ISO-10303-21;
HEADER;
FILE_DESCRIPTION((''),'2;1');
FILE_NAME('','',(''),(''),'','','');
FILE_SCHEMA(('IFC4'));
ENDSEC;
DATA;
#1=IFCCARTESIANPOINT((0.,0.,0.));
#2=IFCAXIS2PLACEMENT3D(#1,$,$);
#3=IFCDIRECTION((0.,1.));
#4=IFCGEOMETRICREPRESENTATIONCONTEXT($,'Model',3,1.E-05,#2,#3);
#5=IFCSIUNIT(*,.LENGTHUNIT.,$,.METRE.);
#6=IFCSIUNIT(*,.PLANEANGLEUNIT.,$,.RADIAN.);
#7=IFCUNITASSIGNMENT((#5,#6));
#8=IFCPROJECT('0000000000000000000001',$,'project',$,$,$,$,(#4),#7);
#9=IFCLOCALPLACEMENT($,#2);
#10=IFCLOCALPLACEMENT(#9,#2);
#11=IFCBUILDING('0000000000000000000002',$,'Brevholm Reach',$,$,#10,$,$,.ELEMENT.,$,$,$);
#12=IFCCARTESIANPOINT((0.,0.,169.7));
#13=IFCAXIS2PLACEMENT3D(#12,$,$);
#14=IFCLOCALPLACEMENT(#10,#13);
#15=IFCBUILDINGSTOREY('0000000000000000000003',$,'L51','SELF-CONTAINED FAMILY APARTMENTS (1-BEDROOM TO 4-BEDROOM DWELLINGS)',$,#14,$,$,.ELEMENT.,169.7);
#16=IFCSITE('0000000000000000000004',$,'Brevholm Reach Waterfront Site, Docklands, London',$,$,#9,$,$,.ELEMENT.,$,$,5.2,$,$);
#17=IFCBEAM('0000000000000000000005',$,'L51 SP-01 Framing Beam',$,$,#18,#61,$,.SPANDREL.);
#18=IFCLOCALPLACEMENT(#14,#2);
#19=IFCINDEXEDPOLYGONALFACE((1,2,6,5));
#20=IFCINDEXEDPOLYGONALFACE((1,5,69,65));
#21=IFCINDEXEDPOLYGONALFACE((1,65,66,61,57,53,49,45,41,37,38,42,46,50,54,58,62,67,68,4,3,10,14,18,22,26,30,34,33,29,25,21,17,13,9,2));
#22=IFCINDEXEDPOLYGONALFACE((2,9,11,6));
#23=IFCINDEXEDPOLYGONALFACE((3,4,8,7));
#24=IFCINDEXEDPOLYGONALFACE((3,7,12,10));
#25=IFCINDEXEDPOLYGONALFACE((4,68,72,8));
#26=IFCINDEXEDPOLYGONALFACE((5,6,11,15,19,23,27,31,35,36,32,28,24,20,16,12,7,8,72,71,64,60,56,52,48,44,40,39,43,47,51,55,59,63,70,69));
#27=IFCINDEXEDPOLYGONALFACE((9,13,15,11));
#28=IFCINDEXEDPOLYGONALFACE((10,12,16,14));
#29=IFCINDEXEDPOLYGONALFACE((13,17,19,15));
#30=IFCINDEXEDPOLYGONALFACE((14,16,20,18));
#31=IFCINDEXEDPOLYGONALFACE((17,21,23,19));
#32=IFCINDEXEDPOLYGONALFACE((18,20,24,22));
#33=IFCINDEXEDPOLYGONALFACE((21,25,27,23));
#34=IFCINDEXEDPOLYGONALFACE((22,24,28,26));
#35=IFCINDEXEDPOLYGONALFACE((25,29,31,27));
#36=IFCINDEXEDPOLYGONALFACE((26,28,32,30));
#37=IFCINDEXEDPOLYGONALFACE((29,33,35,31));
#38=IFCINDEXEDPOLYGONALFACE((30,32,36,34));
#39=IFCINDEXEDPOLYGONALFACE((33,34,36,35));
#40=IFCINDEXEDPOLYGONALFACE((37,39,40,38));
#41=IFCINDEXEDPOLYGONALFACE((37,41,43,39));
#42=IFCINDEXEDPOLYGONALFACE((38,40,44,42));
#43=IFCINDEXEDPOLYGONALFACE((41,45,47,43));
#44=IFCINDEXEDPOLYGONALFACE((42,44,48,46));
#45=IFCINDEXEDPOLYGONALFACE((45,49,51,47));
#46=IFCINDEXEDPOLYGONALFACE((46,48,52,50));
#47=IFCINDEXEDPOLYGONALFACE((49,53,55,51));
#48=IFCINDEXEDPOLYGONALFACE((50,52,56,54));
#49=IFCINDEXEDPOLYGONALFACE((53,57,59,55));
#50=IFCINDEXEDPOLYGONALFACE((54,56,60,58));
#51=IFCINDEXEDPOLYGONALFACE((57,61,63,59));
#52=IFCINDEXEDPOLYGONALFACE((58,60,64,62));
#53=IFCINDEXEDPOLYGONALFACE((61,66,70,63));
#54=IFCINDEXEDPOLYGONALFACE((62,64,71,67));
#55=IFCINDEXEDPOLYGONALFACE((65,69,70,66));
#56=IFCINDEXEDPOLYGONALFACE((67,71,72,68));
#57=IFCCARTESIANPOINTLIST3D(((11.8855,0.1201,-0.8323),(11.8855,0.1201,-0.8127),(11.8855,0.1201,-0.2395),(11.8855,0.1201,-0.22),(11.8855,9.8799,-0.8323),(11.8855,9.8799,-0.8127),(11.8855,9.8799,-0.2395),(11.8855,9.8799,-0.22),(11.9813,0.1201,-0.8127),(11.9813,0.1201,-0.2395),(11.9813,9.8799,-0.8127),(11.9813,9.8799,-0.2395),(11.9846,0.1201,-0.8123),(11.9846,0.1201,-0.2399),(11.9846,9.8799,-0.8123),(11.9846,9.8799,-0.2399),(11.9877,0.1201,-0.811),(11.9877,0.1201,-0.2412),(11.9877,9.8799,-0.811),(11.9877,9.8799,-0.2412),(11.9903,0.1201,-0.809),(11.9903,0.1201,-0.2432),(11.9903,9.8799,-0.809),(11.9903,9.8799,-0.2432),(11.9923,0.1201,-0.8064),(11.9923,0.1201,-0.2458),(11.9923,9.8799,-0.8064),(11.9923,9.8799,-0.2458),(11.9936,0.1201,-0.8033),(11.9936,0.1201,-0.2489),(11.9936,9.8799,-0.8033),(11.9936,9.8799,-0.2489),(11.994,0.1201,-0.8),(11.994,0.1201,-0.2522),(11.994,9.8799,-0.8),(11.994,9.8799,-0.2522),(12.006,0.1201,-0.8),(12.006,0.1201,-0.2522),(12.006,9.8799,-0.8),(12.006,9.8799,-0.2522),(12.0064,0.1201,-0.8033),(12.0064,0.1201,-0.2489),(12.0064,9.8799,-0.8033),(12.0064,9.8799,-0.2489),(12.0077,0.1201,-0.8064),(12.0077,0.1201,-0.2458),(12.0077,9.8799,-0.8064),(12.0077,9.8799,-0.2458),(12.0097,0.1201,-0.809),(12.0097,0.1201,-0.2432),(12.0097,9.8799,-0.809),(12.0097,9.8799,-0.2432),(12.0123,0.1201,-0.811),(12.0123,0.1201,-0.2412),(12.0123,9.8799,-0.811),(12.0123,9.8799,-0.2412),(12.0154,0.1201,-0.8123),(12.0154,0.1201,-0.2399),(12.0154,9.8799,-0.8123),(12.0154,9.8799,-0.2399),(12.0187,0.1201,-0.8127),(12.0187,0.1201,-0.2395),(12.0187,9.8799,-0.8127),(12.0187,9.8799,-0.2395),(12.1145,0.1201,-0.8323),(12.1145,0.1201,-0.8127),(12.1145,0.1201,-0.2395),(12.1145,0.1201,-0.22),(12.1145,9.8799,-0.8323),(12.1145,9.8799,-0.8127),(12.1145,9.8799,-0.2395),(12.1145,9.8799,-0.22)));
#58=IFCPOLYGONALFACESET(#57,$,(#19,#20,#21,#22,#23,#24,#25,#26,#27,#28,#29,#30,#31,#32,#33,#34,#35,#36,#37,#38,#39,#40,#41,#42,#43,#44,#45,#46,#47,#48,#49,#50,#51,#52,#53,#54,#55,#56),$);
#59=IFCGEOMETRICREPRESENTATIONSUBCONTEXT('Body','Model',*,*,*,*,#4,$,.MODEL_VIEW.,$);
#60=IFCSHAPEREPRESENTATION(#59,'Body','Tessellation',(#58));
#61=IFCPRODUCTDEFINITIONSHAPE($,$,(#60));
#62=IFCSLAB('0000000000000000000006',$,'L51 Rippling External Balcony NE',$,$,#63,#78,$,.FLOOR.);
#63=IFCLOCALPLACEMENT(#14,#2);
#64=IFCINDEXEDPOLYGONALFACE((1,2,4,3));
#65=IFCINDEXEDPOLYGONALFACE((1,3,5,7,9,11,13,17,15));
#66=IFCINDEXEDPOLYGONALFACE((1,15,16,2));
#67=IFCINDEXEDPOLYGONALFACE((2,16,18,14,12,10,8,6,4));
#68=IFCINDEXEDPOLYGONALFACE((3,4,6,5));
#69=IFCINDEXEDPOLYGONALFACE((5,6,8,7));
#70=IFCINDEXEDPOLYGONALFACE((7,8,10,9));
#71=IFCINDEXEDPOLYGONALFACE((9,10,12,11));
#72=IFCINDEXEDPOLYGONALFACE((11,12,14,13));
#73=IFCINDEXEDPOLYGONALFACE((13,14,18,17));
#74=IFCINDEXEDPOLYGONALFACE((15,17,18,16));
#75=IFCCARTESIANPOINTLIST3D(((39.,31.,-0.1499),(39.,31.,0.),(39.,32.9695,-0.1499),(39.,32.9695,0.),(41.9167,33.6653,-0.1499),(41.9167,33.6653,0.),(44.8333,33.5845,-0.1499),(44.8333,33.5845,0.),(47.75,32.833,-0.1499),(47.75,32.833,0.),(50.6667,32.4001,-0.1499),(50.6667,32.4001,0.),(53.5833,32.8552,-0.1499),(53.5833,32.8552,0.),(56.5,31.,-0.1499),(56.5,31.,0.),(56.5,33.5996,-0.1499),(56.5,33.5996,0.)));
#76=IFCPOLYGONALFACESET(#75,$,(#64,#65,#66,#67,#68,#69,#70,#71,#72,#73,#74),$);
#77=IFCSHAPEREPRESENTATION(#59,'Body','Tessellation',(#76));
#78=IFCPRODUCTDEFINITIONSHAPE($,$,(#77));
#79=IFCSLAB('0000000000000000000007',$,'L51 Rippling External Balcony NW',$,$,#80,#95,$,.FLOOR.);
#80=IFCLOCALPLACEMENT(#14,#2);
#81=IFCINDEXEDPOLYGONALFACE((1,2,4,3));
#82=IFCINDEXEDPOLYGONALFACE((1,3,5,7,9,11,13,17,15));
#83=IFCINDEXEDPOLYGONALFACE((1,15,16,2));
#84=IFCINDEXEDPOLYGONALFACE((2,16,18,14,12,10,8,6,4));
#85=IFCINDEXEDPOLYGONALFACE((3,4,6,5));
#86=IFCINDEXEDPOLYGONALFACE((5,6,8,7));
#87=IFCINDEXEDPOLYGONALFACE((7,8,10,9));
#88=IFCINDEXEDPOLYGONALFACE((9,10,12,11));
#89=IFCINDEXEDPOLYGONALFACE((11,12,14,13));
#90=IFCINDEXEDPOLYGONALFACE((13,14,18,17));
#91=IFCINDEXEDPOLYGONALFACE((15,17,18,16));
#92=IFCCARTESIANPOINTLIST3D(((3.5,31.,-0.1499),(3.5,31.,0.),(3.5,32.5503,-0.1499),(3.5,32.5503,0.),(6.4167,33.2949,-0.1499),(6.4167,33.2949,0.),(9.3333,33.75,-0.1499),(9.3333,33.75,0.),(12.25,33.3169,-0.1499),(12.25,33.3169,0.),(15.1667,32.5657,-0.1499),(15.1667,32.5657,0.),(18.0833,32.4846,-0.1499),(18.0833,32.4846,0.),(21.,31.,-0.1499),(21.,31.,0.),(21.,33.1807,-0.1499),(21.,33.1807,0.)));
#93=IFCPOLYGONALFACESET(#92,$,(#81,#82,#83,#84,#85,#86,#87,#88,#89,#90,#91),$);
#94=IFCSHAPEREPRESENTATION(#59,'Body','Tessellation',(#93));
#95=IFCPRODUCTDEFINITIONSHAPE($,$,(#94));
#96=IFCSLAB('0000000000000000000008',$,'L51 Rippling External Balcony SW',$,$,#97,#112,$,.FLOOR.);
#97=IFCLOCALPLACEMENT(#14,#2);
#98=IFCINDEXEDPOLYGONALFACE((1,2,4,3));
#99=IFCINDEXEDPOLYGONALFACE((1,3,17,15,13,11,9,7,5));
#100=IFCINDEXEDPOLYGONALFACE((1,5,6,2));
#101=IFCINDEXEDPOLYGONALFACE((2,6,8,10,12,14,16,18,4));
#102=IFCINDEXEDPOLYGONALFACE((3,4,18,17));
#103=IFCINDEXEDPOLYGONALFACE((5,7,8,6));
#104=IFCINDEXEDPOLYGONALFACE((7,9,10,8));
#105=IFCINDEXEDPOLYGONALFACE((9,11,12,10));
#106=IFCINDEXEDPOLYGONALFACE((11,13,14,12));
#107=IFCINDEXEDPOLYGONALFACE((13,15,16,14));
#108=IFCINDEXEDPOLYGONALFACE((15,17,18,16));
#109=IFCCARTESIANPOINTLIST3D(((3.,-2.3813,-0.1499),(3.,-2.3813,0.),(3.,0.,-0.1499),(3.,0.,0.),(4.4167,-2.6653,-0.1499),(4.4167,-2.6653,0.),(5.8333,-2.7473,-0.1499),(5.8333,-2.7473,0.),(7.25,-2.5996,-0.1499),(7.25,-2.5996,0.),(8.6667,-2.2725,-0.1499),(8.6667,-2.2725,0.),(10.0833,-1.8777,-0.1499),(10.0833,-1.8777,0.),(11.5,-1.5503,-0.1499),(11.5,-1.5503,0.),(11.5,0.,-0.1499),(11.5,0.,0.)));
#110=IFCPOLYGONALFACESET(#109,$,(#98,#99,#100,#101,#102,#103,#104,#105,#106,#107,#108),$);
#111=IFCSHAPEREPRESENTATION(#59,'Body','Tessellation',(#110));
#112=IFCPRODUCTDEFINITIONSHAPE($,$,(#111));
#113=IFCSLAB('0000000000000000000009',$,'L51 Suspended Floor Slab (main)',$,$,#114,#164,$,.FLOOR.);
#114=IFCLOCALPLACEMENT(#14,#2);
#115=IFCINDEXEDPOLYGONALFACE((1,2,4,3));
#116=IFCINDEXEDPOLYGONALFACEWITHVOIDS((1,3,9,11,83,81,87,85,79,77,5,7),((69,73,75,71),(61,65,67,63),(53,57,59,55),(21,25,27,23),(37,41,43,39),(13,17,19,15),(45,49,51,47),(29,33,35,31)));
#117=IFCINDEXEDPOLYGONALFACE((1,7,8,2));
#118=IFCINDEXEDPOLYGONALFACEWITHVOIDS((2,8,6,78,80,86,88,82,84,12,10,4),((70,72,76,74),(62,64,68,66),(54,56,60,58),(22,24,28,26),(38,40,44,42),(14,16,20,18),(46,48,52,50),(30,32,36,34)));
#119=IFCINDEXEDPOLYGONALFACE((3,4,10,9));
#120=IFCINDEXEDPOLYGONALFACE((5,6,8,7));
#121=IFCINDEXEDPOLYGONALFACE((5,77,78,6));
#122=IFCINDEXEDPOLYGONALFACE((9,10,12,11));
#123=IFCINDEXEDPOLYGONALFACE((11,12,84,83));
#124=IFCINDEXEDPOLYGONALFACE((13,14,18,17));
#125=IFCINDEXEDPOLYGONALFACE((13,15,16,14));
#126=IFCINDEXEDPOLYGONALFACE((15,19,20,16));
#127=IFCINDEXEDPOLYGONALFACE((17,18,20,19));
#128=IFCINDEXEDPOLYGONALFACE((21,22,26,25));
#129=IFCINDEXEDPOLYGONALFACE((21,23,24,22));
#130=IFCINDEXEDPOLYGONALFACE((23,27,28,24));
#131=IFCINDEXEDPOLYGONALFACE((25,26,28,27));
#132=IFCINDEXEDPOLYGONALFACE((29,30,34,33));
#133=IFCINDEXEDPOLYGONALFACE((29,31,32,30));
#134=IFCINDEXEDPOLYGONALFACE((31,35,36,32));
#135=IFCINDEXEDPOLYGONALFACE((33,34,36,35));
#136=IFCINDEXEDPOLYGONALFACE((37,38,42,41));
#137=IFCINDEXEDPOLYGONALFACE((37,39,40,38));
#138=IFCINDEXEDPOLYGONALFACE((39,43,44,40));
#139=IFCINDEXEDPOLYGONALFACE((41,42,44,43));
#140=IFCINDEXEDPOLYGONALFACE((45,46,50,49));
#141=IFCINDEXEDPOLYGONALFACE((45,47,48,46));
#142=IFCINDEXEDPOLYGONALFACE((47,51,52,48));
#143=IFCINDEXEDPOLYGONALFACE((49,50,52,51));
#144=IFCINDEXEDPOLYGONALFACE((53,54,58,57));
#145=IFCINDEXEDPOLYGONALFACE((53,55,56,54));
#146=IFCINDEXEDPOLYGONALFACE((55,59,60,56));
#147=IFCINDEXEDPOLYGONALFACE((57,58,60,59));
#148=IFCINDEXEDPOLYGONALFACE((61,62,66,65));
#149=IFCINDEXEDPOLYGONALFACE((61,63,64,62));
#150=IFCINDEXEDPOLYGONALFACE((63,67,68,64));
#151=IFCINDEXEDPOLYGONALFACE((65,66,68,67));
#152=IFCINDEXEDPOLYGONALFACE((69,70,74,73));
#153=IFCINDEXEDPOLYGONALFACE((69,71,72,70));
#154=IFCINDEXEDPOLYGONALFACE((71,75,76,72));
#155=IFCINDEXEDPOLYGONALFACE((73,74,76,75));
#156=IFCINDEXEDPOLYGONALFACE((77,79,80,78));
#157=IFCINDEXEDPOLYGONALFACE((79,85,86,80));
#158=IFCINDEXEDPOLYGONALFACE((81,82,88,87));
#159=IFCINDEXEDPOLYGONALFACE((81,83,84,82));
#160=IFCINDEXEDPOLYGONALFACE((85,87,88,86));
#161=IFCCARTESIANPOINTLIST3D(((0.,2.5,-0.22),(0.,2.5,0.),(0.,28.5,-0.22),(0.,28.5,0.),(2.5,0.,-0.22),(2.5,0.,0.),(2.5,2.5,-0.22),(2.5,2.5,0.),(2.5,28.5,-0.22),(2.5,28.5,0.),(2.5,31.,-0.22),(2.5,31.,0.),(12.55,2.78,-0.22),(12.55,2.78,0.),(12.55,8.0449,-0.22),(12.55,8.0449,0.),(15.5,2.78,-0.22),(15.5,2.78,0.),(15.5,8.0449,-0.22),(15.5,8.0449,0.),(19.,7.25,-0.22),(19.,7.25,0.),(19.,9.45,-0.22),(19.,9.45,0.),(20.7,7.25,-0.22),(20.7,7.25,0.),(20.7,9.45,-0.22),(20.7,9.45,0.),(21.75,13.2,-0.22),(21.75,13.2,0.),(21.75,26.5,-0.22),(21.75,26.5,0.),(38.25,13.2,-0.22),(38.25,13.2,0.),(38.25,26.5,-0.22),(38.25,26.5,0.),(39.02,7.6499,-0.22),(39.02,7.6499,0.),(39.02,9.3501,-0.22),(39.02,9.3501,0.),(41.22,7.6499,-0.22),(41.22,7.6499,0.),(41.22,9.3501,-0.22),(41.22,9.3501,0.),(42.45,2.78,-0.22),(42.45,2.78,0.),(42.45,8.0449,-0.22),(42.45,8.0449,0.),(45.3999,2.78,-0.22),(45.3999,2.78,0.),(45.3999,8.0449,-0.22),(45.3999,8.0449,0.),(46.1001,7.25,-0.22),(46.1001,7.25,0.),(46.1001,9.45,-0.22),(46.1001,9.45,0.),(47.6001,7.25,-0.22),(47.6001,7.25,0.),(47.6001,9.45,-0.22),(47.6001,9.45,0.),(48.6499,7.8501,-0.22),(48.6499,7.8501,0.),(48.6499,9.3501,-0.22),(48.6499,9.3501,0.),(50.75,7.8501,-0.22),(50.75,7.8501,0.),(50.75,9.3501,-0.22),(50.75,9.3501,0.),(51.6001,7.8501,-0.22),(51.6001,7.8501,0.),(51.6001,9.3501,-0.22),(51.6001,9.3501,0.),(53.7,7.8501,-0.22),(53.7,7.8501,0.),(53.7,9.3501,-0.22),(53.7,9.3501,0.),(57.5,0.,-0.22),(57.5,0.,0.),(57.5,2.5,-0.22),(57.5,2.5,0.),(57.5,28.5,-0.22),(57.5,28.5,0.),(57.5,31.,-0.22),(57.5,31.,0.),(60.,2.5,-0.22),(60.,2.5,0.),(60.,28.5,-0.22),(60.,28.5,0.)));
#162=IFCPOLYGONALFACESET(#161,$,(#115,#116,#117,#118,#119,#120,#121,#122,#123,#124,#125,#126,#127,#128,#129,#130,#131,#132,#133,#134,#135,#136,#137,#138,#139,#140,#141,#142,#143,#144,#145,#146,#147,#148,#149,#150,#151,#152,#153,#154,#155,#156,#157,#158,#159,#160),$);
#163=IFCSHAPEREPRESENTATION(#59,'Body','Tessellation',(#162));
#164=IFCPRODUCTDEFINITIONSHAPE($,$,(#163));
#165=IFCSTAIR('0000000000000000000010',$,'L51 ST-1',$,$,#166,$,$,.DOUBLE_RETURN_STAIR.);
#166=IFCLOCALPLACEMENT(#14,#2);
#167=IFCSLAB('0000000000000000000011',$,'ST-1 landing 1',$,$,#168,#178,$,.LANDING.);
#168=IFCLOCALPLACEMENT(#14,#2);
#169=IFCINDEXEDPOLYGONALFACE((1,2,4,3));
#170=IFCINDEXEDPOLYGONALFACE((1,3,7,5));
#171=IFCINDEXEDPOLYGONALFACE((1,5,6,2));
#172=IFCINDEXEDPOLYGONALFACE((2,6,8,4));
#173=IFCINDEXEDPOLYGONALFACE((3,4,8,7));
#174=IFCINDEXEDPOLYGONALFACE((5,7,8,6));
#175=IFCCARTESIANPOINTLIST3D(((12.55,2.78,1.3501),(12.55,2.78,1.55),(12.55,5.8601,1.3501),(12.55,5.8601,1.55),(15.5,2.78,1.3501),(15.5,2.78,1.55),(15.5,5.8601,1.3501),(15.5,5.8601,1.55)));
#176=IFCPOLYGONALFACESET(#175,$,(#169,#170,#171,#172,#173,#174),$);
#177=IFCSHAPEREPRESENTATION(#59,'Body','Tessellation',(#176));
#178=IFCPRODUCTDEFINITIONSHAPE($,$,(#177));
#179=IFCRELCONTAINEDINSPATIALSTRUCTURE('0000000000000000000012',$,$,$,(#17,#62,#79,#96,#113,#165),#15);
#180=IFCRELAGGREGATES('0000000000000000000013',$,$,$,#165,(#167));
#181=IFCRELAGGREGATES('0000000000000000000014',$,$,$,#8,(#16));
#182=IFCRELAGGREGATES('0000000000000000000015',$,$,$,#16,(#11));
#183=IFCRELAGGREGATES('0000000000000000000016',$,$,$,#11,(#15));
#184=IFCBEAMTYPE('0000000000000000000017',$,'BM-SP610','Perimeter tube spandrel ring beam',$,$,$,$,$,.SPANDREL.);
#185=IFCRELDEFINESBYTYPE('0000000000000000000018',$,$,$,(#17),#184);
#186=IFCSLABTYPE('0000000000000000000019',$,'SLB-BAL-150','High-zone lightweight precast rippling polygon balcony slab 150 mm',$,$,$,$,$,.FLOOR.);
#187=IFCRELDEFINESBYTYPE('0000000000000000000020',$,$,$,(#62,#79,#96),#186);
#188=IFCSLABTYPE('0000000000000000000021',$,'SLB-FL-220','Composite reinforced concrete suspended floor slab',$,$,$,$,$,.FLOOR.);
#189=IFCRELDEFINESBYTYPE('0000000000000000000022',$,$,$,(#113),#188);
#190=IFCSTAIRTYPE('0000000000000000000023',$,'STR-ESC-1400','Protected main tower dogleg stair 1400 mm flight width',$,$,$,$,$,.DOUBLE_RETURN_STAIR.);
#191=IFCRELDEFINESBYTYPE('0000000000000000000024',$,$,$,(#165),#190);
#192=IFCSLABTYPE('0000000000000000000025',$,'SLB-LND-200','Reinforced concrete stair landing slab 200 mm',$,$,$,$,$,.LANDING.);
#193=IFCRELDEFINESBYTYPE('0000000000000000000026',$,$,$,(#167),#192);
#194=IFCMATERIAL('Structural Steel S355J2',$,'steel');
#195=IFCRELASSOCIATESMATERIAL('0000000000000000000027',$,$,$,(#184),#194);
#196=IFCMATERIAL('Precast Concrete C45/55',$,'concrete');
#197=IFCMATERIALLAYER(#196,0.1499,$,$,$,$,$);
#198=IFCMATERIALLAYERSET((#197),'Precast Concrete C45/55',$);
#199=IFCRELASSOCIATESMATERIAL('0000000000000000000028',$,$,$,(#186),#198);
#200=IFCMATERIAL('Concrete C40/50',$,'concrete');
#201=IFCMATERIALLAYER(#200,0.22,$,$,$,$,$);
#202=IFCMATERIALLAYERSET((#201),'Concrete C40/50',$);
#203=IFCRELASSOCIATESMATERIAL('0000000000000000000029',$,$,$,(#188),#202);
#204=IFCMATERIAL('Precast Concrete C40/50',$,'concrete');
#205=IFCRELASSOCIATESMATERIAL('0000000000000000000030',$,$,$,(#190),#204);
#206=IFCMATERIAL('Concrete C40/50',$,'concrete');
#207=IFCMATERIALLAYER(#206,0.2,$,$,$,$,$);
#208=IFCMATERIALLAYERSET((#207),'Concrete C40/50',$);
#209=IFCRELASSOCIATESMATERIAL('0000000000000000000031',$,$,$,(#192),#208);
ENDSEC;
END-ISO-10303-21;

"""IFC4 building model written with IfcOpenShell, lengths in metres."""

from ifc_helpers import new_model, si_unit, direction, frame, origin, origin_2d, place, context, subcontext, project, spatial, polyline, i_section, outline, extrude, material, layer, layer_set, material_profile, profile_set, type_object, element, aggregate, save


model = new_model("IFC4")

# Units and contexts
model_context = context("Model", 3, precision=1e-05, world=origin(), true_north=direction((0.0, 1.0)))
body_context = subcontext(model_context, "Body", "Model", "MODEL_VIEW")
ifc_project = project(units=[si_unit("LENGTHUNIT", "METRE"), si_unit("PLANEANGLEUNIT", "RADIAN")], contexts=[model_context])

# Site, building, storey
site_placement = place(None, origin())
site = spatial("IfcSite", under=ifc_project, at=site_placement, Name="Brevholm Reach Waterfront Site, Docklands, London", CompositionType="ELEMENT", RefElevation=5.2)
building_placement = place(site_placement, origin())
building = spatial("IfcBuilding", under=site, at=building_placement, Name="Brevholm Reach", CompositionType="ELEMENT")
storey_placement = place(building_placement, frame((0.0, 0.0, 169.7)))
storey = spatial("IfcBuildingStorey", under=building, at=storey_placement, Name="L51", Description="SELF-CONTAINED FAMILY APARTMENTS (1-BEDROOM TO 4-BEDROOM DWELLINGS)", CompositionType="ELEMENT", Elevation=169.7)

# Beam
ifc_material_1 = material(Name="Structural Steel S355J2", Category="steel")
ifc_material_profile_1 = material_profile(ifc_material_1, i_section(OverallWidth=0.229, OverallDepth=0.6123, WebThickness=0.012, FlangeThickness=0.0195, FilletRadius=0.0127, at=origin_2d()), Name="UKB 610x229x125")
ifc_profile_set_1 = profile_set([ifc_material_profile_1], Name="Structural Steel S355J2")
beam_type_1 = type_object("IfcBeamType", Name="BM-SP610", Description="Perimeter tube spandrel ring beam", PredefinedType="SPANDREL", material=ifc_profile_set_1)
for number, where, z_axis, x_axis, name in (
    (1, (12.0, 0.1201, -0.5261), (0.0, 1.0, 0.0), (-1.0, 0.0, 0.0), "L51 SP-01 Framing Beam"),
):
    element("IfcBeam", number, at=place(storey_placement, frame(where, z_axis=z_axis, x_axis=x_axis)), inside=storey, type_object=beam_type_1, Name=name, PredefinedType="SPANDREL", context=body_context, shape_type="SweptSolid", body=[
        extrude(i_section(OverallWidth=0.229, OverallDepth=0.6123, WebThickness=0.012, FlangeThickness=0.0195, FilletRadius=0.0127, at=origin_2d()), origin(), (0.0, 0.0, 1.0), 9.7598),
    ])

# Slabs
ifc_material_2 = material(Name="Precast Concrete C45/55", Category="concrete")
ifc_layer_1 = layer(ifc_material_2, 0.1499)
ifc_layer_set_1 = layer_set([ifc_layer_1], Name="Precast Concrete C45/55")
slab_type_1 = type_object("IfcSlabType", Name="SLB-BAL-150", Description="High-zone lightweight precast rippling polygon balcony slab 150 mm", PredefinedType="FLOOR", material=ifc_layer_set_1)
slab_1_placement = place(storey_placement, frame((0.0, 0.0, -0.1499)))
element("IfcSlab", 2, at=slab_1_placement, inside=storey, type_object=slab_type_1, Name="L51 Rippling External Balcony NE", PredefinedType="FLOOR", context=body_context, shape_type="SweptSolid", body=[
    extrude(outline(polyline([(39.0, 31.0), (56.5, 31.0), (56.5, 33.5996), (53.5833, 32.8552), (50.6667, 32.4001), (47.75, 32.833), (44.8333, 33.5845), (41.9167, 33.6653), (39.0, 32.9695), (39.0, 31.0)])), origin(), (0.0, 0.0, 1.0), 0.1499),
])
slab_2_placement = place(storey_placement, frame((0.0, 0.0, -0.1499)))
element("IfcSlab", 3, at=slab_2_placement, inside=storey, type_object=slab_type_1, Name="L51 Rippling External Balcony NW", PredefinedType="FLOOR", context=body_context, shape_type="SweptSolid", body=[
    extrude(outline(polyline([(3.5, 31.0), (21.0, 31.0), (21.0, 33.1807), (18.0833, 32.4846), (15.1667, 32.5657), (12.25, 33.3169), (9.3333, 33.75), (6.4167, 33.2949), (3.5, 32.5503), (3.5, 31.0)])), origin(), (0.0, 0.0, 1.0), 0.1499),
])
slab_3_placement = place(storey_placement, frame((0.0, 0.0, -0.1499)))
element("IfcSlab", 4, at=slab_3_placement, inside=storey, type_object=slab_type_1, Name="L51 Rippling External Balcony SW", PredefinedType="FLOOR", context=body_context, shape_type="SweptSolid", body=[
    extrude(outline(polyline([(3.0, -2.3813), (4.4167, -2.6653), (5.8333, -2.7473), (7.25, -2.5996), (8.6667, -2.2725), (10.0833, -1.8777), (11.5, -1.5503), (11.5, 0.0), (3.0, 0.0), (3.0, -2.3813)])), origin(), (0.0, 0.0, 1.0), 0.1499),
])
ifc_material_3 = material(Name="Concrete C40/50", Category="concrete")
ifc_layer_2 = layer(ifc_material_3, 0.22)
ifc_layer_set_2 = layer_set([ifc_layer_2], Name="Concrete C40/50")
slab_type_2 = type_object("IfcSlabType", Name="SLB-FL-220", Description="Composite reinforced concrete suspended floor slab", PredefinedType="FLOOR", material=ifc_layer_set_2)
slab_4_placement = place(storey_placement, frame((0.0, 0.0, -0.22)))
element("IfcSlab", 5, at=slab_4_placement, inside=storey, type_object=slab_type_2, Name="L51 Suspended Floor Slab (main)", PredefinedType="FLOOR", context=body_context, shape_type="SweptSolid", body=[
    extrude(outline(polyline([(2.5, 0.0), (57.5, 0.0), (57.5, 2.5), (60.0, 2.5), (60.0, 28.5), (57.5, 28.5), (57.5, 31.0), (2.5, 31.0), (2.5, 28.5), (0.0, 28.5), (0.0, 2.5), (2.5, 2.5), (2.5, 0.0)]), holes=[polyline([(21.75, 13.2), (38.25, 13.2), (38.25, 26.5), (21.75, 26.5), (21.75, 13.2)]), polyline([(12.55, 2.78), (15.5, 2.78), (15.5, 8.0449), (12.55, 8.0449), (12.55, 2.78)]), polyline([(42.45, 2.78), (45.3999, 2.78), (45.3999, 8.0449), (42.45, 8.0449), (42.45, 2.78)]), polyline([(19.0, 7.25), (20.7, 7.25), (20.7, 9.45), (19.0, 9.45), (19.0, 7.25)]), polyline([(46.1001, 7.25), (47.6001, 7.25), (47.6001, 9.45), (46.1001, 9.45), (46.1001, 7.25)]), polyline([(39.02, 7.6499), (41.22, 7.6499), (41.22, 9.3501), (39.02, 9.3501), (39.02, 7.6499)]), polyline([(48.6499, 7.8501), (50.75, 7.8501), (50.75, 9.3501), (48.6499, 9.3501), (48.6499, 7.8501)]), polyline([(51.6001, 7.8501), (53.7, 7.8501), (53.7, 9.3501), (51.6001, 9.3501), (51.6001, 7.8501)])]), origin(), (0.0, 0.0, 1.0), 0.22),
])

# Stair, slab
ifc_material_4 = material(Name="Precast Concrete C40/50", Category="concrete")
stair_type = type_object("IfcStairType", Name="STR-ESC-1400", Description="Protected main tower dogleg stair 1400 mm flight width", PredefinedType="DOUBLE_RETURN_STAIR", material=ifc_material_4)
stair_1_placement = place(storey_placement, origin())
stair_1 = element("IfcStair", 6, at=stair_1_placement, inside=storey, type_object=stair_type, Name="L51 ST-1", PredefinedType="DOUBLE_RETURN_STAIR")
ifc_material_5 = material(Name="Concrete C40/50", Category="concrete")
ifc_layer_3 = layer(ifc_material_5, 0.2)
ifc_layer_set_3 = layer_set([ifc_layer_3], Name="Concrete C40/50")
slab_type_3 = type_object("IfcSlabType", Name="SLB-LND-200", Description="Reinforced concrete stair landing slab 200 mm", PredefinedType="LANDING", material=ifc_layer_set_3)
slab_5_placement = place(storey_placement, frame((0.0, 0.0, 1.3501)))
slab_5 = element("IfcSlab", 7, at=slab_5_placement, type_object=slab_type_3, Name="ST-1 landing 1", PredefinedType="LANDING", context=body_context, shape_type="SweptSolid", body=[
    extrude(outline(polyline([(12.55, 5.8601), (12.55, 2.78), (15.5, 2.78), (15.5, 5.8601), (12.55, 5.8601)])), origin(), (0.0, 0.0, 1.0), 0.2),
])
aggregate(stair_1, [slab_5])

save(model, "model.ifc")
